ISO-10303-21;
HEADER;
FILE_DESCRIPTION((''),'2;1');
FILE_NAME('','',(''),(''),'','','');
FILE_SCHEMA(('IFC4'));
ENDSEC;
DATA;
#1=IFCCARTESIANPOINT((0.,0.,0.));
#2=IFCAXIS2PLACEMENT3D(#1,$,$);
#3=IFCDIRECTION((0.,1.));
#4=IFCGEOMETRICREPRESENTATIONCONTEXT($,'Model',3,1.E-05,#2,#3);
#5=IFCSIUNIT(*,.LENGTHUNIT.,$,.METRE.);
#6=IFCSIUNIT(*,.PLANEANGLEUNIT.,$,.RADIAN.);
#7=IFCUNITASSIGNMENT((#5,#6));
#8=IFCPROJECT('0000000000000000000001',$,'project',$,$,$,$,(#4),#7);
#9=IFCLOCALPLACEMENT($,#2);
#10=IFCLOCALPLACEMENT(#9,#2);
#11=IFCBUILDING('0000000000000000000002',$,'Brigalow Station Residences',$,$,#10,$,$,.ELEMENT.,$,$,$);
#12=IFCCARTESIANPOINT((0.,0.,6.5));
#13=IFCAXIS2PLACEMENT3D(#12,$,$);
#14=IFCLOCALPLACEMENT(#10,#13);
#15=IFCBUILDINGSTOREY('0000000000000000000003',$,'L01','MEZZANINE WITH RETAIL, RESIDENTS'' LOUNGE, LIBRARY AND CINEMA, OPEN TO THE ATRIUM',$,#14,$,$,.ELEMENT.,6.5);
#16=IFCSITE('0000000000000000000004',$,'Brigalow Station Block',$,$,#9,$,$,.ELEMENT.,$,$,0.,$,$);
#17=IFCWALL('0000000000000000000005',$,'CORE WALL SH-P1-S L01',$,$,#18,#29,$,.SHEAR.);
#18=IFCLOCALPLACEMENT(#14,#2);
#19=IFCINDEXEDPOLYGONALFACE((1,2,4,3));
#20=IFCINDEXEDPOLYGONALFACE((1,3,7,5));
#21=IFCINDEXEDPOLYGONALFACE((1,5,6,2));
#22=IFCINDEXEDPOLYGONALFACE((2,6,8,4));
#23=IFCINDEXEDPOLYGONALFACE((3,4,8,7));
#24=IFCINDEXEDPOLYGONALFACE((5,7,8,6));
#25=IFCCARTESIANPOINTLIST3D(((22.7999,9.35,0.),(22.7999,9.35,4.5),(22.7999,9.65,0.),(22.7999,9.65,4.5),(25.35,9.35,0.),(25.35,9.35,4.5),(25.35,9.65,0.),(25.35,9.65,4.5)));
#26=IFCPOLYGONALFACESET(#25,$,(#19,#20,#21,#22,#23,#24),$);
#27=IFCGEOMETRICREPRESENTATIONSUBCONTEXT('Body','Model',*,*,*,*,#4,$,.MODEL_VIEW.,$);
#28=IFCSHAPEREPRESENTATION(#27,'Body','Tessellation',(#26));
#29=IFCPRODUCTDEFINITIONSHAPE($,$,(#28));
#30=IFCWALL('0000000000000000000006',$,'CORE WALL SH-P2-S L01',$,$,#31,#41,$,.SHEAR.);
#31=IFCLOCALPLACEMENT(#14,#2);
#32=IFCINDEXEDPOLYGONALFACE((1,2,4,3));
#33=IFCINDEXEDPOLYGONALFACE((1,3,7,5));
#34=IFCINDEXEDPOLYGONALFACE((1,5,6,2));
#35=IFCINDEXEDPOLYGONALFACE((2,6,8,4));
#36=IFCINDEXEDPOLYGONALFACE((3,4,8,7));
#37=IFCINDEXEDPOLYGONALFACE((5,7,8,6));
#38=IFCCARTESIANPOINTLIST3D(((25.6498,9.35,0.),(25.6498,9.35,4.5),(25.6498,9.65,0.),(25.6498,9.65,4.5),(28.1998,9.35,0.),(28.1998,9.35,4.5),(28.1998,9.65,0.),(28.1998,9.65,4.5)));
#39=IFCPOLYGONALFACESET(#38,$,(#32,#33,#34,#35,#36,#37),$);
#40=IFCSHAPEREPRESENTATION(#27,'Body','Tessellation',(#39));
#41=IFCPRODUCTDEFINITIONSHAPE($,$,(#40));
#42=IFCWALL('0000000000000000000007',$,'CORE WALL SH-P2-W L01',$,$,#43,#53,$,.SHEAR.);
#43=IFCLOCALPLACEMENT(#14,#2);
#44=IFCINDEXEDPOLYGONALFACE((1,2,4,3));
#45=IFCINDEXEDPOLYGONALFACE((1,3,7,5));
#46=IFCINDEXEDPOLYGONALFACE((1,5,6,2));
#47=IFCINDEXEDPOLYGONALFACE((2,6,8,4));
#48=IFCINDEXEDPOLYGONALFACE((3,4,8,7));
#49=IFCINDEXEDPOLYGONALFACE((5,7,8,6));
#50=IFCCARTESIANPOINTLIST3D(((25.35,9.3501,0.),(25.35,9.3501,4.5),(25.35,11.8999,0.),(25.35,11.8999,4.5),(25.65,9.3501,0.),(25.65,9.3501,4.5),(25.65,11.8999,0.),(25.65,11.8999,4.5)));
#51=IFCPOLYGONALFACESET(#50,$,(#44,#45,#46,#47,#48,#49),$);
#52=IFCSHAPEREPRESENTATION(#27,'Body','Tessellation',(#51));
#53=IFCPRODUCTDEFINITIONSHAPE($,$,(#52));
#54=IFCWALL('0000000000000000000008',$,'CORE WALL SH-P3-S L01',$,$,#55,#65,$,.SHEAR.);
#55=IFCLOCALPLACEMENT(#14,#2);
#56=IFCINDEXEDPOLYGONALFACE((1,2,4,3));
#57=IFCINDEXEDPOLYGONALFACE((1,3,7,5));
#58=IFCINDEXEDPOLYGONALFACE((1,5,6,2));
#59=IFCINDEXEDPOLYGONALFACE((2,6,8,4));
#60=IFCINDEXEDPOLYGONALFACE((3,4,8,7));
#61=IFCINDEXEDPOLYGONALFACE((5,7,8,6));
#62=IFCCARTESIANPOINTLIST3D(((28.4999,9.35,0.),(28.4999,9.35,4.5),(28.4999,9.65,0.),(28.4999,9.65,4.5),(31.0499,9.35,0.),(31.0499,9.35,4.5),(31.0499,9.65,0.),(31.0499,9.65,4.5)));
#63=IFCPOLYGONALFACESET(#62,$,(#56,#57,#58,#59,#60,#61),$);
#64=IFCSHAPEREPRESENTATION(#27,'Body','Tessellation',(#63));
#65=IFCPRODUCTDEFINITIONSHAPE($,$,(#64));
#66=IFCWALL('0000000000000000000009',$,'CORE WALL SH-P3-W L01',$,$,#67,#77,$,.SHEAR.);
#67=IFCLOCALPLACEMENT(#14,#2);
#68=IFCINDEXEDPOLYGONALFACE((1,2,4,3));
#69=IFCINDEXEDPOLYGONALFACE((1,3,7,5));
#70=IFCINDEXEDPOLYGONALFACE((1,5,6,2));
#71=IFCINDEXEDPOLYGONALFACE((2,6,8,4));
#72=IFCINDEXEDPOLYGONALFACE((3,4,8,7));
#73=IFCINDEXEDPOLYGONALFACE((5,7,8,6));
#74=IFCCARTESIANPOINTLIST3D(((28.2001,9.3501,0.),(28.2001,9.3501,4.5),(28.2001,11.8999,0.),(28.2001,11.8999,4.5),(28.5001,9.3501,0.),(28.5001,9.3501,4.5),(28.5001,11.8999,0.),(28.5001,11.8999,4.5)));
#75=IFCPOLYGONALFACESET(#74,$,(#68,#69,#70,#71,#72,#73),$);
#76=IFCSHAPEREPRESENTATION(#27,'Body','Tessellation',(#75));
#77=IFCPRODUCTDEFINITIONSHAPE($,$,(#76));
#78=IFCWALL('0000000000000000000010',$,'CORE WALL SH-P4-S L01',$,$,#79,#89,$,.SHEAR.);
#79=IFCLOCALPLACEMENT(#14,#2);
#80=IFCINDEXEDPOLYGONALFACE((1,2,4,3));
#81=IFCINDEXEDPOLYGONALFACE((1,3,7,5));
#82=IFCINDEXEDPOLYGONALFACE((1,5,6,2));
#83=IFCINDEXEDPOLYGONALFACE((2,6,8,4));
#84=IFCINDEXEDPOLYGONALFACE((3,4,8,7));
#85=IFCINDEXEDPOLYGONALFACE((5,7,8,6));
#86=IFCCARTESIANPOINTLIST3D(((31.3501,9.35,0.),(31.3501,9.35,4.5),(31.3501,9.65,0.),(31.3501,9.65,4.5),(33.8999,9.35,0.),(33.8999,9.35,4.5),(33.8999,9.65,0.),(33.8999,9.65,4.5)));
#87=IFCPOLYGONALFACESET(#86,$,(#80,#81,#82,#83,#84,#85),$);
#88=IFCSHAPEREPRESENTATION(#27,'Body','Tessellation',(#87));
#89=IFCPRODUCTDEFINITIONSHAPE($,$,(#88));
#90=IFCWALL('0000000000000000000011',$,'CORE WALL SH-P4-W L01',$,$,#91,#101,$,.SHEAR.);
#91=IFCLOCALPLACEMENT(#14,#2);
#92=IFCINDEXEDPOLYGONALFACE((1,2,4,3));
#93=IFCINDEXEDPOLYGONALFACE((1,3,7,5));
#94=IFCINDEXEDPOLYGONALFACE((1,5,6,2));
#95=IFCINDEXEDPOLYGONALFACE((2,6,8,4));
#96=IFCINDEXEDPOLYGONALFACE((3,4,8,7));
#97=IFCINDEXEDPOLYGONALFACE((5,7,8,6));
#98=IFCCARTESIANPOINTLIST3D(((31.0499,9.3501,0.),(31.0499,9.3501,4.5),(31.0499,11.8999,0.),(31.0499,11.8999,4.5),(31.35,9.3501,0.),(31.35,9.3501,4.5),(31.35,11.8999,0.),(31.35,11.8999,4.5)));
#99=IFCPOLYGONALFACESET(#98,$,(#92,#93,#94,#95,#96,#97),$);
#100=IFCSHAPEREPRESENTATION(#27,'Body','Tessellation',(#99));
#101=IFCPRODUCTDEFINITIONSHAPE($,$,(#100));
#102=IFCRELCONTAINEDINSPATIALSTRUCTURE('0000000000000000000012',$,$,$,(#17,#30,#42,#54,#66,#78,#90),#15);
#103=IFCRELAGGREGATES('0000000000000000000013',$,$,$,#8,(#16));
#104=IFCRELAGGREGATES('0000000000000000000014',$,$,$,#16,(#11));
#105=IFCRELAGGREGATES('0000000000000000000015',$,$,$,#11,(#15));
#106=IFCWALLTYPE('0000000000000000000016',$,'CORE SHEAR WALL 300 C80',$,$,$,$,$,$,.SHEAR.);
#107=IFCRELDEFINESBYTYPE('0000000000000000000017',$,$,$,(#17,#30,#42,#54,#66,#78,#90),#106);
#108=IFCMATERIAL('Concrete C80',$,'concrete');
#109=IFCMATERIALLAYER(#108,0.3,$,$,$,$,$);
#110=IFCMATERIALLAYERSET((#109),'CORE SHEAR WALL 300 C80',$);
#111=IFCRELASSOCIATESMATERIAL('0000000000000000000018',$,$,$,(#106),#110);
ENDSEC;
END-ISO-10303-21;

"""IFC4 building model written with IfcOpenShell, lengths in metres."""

from ifc_helpers import new_model, si_unit, direction, frame, frame_2d, origin, place, context, subcontext, project, spatial, rectangle, extrude, material, layer, layer_set, type_object, element, save


model = new_model("IFC4")

# Units and contexts
model_context = context("Model", 3, precision=1e-05, world=origin(), true_north=direction((0.0, 1.0)))
body_context = subcontext(model_context, "Body", "Model", "MODEL_VIEW")
ifc_project = project(units=[si_unit("LENGTHUNIT", "METRE"), si_unit("PLANEANGLEUNIT", "RADIAN")], contexts=[model_context])

# Site, building, storey
site_placement = place(None, origin())
site = spatial("IfcSite", under=ifc_project, at=site_placement, Name="Brigalow Station Block", CompositionType="ELEMENT", RefElevation=0.0)
building_placement = place(site_placement, origin())
building = spatial("IfcBuilding", under=site, at=building_placement, Name="Brigalow Station Residences", CompositionType="ELEMENT")
storey_placement = place(building_placement, frame((0.0, 0.0, 6.5)))
storey = spatial("IfcBuildingStorey", under=building, at=storey_placement, Name="L01", Description="MEZZANINE WITH RETAIL, RESIDENTS' LOUNGE, LIBRARY AND CINEMA, OPEN TO THE ATRIUM", CompositionType="ELEMENT", Elevation=6.5)

# Walls
ifc_material_1 = material(Name="Concrete C80", Category="concrete")
ifc_layer_1 = layer(ifc_material_1, 0.3)
ifc_layer_set_1 = layer_set([ifc_layer_1], Name="CORE SHEAR WALL 300 C80")
wall_type_1 = type_object("IfcWallType", Name="CORE SHEAR WALL 300 C80", PredefinedType="SHEAR", material=ifc_layer_set_1)
for number, where, z_axis, x_axis, name in (
    (1, (22.8, 9.5, 0.0), (0.0, 0.0, 1.0), (1.0, 0.0, 0.0), "CORE WALL SH-P1-S L01"),
    (2, (25.6499, 9.5, 0.0), (0.0, 0.0, 1.0), (1.0, 0.0, 0.0), "CORE WALL SH-P2-S L01"),
):
    element("IfcWall", number, at=place(storey_placement, frame(where, z_axis=z_axis, x_axis=x_axis)), inside=storey, type_object=wall_type_1, Name=name, PredefinedType="SHEAR", context=body_context, shape_type="SweptSolid", body=[
        extrude(rectangle(XDim=2.55, YDim=0.3, at=frame_2d((1.2749, 0.0))), origin(), (0.0, 0.0, 1.0), 4.5),
    ])
wall_1_placement = place(storey_placement, frame((25.5, 9.3501, 0.0), z_axis=(0.0, 0.0, 1.0), x_axis=(0.0, 1.0, 0.0)))
element("IfcWall", 3, at=wall_1_placement, inside=storey, type_object=wall_type_1, Name="CORE WALL SH-P2-W L01", PredefinedType="SHEAR", context=body_context, shape_type="SweptSolid", body=[
    extrude(rectangle(XDim=2.5498, YDim=0.3, at=frame_2d((1.2749, 0.0))), origin(), (0.0, 0.0, 1.0), 4.5),
])
wall_2_placement = place(storey_placement, frame((28.5, 9.5, 0.0), z_axis=(0.0, 0.0, 1.0), x_axis=(1.0, 0.0, 0.0)))
element("IfcWall", 4, at=wall_2_placement, inside=storey, type_object=wall_type_1, Name="CORE WALL SH-P3-S L01", PredefinedType="SHEAR", context=body_context, shape_type="SweptSolid", body=[
    extrude(rectangle(XDim=2.55, YDim=0.3, at=frame_2d((1.2749, 0.0))), origin(), (0.0, 0.0, 1.0), 4.5),
])
for number, where, z_axis, x_axis, name in (
    (5, (28.3501, 9.3501, 0.0), (0.0, 0.0, 1.0), (0.0, 1.0, 0.0), "CORE WALL SH-P3-W L01"),
    (6, (31.3501, 9.5, 0.0), (0.0, 0.0, 1.0), (1.0, 0.0, 0.0), "CORE WALL SH-P4-S L01"),
    (7, (31.2, 9.3501, 0.0), (0.0, 0.0, 1.0), (0.0, 1.0, 0.0), "CORE WALL SH-P4-W L01"),
):
    element("IfcWall", number, at=place(storey_placement, frame(where, z_axis=z_axis, x_axis=x_axis)), inside=storey, type_object=wall_type_1, Name=name, PredefinedType="SHEAR", context=body_context, shape_type="SweptSolid", body=[
        extrude(rectangle(XDim=2.5498, YDim=0.3, at=frame_2d((1.2749, 0.0))), origin(), (0.0, 0.0, 1.0), 4.5),
    ])

save(model, "model.ifc")
